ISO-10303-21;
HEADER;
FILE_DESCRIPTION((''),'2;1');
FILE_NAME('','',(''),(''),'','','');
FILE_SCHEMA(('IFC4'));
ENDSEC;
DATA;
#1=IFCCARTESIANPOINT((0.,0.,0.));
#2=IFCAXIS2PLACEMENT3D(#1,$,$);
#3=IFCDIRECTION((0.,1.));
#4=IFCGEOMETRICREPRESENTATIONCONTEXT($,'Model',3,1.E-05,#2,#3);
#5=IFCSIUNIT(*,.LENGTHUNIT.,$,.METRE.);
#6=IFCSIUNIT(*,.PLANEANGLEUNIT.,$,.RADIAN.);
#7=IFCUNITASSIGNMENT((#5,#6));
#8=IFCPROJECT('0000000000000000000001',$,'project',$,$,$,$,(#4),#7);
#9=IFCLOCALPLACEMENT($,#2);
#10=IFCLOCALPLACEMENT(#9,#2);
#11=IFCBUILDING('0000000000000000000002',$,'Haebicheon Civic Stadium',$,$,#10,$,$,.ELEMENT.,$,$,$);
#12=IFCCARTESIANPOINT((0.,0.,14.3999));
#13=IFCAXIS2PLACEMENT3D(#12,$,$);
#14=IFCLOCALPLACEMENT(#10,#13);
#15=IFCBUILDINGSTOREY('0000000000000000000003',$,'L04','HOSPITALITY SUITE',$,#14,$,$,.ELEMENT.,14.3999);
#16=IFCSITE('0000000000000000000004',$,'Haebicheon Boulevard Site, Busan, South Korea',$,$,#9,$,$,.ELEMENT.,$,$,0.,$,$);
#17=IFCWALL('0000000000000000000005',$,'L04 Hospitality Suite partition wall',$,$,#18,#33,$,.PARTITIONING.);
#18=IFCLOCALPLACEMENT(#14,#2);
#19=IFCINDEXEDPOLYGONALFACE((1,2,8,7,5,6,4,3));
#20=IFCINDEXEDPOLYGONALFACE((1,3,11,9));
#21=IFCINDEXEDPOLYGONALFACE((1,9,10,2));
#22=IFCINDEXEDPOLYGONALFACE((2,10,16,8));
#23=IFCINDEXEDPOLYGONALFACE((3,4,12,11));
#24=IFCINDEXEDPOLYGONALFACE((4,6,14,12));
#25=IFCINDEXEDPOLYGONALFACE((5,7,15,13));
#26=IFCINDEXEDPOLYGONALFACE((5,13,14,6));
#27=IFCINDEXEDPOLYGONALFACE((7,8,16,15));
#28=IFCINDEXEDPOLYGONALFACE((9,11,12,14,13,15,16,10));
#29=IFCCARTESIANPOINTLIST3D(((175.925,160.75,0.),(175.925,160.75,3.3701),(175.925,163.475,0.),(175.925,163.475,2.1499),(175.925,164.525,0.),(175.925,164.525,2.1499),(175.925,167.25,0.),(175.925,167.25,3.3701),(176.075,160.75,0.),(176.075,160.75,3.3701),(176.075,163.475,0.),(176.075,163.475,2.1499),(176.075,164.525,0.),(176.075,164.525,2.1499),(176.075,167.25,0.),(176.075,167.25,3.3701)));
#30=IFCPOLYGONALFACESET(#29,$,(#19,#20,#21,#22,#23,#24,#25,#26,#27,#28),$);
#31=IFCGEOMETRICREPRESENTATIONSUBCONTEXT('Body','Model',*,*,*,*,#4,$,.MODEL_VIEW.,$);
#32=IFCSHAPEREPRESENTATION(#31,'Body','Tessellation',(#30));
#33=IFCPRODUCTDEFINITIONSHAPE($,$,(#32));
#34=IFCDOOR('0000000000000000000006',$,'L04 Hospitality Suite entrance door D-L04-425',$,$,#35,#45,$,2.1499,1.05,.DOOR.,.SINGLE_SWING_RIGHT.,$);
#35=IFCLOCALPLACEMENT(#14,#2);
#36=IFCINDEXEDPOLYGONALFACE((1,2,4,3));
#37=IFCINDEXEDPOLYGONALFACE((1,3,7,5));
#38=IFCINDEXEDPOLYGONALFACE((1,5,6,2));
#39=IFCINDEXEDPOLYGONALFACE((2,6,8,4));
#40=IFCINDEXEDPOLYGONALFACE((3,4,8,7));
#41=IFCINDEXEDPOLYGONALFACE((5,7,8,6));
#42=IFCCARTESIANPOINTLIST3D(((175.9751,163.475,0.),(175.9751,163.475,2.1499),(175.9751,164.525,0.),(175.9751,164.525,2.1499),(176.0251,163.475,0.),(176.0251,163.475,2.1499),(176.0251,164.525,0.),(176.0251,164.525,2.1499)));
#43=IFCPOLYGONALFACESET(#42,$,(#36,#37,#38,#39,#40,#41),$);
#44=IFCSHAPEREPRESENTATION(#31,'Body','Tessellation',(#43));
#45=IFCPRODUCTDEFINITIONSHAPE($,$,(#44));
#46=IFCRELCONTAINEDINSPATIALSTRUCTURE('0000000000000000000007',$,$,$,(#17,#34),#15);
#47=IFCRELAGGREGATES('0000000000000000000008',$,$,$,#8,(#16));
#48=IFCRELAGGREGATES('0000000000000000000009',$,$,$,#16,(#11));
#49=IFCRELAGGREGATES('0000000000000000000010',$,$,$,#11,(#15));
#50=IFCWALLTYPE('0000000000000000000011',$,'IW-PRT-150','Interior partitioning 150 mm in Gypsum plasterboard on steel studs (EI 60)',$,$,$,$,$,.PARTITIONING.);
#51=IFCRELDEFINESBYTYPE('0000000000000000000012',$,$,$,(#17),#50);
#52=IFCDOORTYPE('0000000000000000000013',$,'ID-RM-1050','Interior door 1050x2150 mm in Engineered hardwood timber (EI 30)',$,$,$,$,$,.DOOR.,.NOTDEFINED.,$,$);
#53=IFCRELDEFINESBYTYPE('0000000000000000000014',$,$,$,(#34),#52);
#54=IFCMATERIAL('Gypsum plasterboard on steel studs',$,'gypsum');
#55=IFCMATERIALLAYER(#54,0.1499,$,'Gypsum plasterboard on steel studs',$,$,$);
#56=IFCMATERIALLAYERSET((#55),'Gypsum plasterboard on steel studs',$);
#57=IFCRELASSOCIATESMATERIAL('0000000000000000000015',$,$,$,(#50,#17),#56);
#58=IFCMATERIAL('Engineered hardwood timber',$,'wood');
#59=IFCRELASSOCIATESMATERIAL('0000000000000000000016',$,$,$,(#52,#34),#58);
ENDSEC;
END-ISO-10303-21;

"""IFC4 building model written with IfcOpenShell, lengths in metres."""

from ifc_helpers import new_model, si_unit, direction, frame, frame_2d, origin, place, context, subcontext, project, spatial, rectangle, extrude, material, layer, layer_set, type_object, element, fill, save


model = new_model("IFC4")

# Units and contexts
model_context = context("Model", 3, precision=1e-05, world=origin(), true_north=direction((0.0, 1.0)))
body_context = subcontext(model_context, "Body", "Model", "MODEL_VIEW")
ifc_project = project(units=[si_unit("LENGTHUNIT", "METRE"), si_unit("PLANEANGLEUNIT", "RADIAN")], contexts=[model_context])

# Site, building, storey
site_placement = place(None, origin())
site = spatial("IfcSite", under=ifc_project, at=site_placement, Name="Haebicheon Boulevard Site, Busan, South Korea", CompositionType="ELEMENT", RefElevation=0.0)
building_placement = place(site_placement, origin())
building = spatial("IfcBuilding", under=site, at=building_placement, Name="Haebicheon Civic Stadium", CompositionType="ELEMENT")
storey_placement = place(building_placement, frame((0.0, 0.0, 14.3999)))
storey = spatial("IfcBuildingStorey", under=building, at=storey_placement, Name="L04", Description="HOSPITALITY SUITE", CompositionType="ELEMENT", Elevation=14.3999)

# Wall, opening, door
ifc_material_1 = material(Name="Gypsum plasterboard on steel studs", Category="gypsum")
ifc_layer = layer(ifc_material_1, 0.1499, Name="Gypsum plasterboard on steel studs")
ifc_layer_set = layer_set([ifc_layer], Name="Gypsum plasterboard on steel studs")
wall_type = type_object("IfcWallType", Name="IW-PRT-150", Description="Interior partitioning 150 mm in Gypsum plasterboard on steel studs (EI 60)", PredefinedType="PARTITIONING", material=ifc_layer_set)
wall_placement = place(storey_placement, frame((176.0, 160.75, 0.0), z_axis=(0.0, 0.0, 1.0), x_axis=(0.0, 1.0, 0.0)))
wall = element("IfcWall", 1, at=wall_placement, inside=storey, type_object=wall_type, material=ifc_layer_set, Name="L04 Hospitality Suite partition wall", PredefinedType="PARTITIONING", context=body_context, shape_type="SweptSolid", body=[
    extrude(rectangle(XDim=6.5, YDim=0.1499, at=frame_2d((3.25, 0.0))), origin(), (0.0, 0.0, 1.0), 3.3701),
])
opening_placement = place(wall_placement, frame((2.7251, 0.0, 0.0)))
opening = element("IfcOpeningElement", 2, at=opening_placement, cuts=wall, PredefinedType="OPENING", context=body_context, shape_type="SweptSolid", body=[
    extrude(rectangle(XDim=1.05, YDim=2.1499, at=frame_2d((0.5249, 1.075))), frame((0.0, 0.085, 0.0), z_axis=(0.0, -1.0, 0.0), x_axis=(1.0, 0.0, 0.0)), (0.0, 0.0, 1.0), 0.1699),
])
ifc_material_2 = material(Name="Engineered hardwood timber", Category="wood")
door_type = type_object("IfcDoorType", Name="ID-RM-1050", Description="Interior door 1050x2150 mm in Engineered hardwood timber (EI 30)", OperationType="NOTDEFINED", PredefinedType="DOOR", material=ifc_material_2)
door_placement = place(opening_placement, origin())
door = element("IfcDoor", 3, at=door_placement, inside=storey, type_object=door_type, material=ifc_material_2, Name="L04 Hospitality Suite entrance door D-L04-425", OperationType="SINGLE_SWING_RIGHT", OverallHeight=2.1499, OverallWidth=1.05, PredefinedType="DOOR", context=body_context, shape_type="SweptSolid", body=[
    extrude(rectangle(XDim=1.05, YDim=2.1499, at=frame_2d((0.5249, 1.075))), frame((0.0, 0.0249, 0.0), z_axis=(0.0, -1.0, 0.0), x_axis=(1.0, 0.0, 0.0)), (0.0, 0.0, 1.0), 0.05),
])
fill(opening, door)

save(model, "model.ifc")
